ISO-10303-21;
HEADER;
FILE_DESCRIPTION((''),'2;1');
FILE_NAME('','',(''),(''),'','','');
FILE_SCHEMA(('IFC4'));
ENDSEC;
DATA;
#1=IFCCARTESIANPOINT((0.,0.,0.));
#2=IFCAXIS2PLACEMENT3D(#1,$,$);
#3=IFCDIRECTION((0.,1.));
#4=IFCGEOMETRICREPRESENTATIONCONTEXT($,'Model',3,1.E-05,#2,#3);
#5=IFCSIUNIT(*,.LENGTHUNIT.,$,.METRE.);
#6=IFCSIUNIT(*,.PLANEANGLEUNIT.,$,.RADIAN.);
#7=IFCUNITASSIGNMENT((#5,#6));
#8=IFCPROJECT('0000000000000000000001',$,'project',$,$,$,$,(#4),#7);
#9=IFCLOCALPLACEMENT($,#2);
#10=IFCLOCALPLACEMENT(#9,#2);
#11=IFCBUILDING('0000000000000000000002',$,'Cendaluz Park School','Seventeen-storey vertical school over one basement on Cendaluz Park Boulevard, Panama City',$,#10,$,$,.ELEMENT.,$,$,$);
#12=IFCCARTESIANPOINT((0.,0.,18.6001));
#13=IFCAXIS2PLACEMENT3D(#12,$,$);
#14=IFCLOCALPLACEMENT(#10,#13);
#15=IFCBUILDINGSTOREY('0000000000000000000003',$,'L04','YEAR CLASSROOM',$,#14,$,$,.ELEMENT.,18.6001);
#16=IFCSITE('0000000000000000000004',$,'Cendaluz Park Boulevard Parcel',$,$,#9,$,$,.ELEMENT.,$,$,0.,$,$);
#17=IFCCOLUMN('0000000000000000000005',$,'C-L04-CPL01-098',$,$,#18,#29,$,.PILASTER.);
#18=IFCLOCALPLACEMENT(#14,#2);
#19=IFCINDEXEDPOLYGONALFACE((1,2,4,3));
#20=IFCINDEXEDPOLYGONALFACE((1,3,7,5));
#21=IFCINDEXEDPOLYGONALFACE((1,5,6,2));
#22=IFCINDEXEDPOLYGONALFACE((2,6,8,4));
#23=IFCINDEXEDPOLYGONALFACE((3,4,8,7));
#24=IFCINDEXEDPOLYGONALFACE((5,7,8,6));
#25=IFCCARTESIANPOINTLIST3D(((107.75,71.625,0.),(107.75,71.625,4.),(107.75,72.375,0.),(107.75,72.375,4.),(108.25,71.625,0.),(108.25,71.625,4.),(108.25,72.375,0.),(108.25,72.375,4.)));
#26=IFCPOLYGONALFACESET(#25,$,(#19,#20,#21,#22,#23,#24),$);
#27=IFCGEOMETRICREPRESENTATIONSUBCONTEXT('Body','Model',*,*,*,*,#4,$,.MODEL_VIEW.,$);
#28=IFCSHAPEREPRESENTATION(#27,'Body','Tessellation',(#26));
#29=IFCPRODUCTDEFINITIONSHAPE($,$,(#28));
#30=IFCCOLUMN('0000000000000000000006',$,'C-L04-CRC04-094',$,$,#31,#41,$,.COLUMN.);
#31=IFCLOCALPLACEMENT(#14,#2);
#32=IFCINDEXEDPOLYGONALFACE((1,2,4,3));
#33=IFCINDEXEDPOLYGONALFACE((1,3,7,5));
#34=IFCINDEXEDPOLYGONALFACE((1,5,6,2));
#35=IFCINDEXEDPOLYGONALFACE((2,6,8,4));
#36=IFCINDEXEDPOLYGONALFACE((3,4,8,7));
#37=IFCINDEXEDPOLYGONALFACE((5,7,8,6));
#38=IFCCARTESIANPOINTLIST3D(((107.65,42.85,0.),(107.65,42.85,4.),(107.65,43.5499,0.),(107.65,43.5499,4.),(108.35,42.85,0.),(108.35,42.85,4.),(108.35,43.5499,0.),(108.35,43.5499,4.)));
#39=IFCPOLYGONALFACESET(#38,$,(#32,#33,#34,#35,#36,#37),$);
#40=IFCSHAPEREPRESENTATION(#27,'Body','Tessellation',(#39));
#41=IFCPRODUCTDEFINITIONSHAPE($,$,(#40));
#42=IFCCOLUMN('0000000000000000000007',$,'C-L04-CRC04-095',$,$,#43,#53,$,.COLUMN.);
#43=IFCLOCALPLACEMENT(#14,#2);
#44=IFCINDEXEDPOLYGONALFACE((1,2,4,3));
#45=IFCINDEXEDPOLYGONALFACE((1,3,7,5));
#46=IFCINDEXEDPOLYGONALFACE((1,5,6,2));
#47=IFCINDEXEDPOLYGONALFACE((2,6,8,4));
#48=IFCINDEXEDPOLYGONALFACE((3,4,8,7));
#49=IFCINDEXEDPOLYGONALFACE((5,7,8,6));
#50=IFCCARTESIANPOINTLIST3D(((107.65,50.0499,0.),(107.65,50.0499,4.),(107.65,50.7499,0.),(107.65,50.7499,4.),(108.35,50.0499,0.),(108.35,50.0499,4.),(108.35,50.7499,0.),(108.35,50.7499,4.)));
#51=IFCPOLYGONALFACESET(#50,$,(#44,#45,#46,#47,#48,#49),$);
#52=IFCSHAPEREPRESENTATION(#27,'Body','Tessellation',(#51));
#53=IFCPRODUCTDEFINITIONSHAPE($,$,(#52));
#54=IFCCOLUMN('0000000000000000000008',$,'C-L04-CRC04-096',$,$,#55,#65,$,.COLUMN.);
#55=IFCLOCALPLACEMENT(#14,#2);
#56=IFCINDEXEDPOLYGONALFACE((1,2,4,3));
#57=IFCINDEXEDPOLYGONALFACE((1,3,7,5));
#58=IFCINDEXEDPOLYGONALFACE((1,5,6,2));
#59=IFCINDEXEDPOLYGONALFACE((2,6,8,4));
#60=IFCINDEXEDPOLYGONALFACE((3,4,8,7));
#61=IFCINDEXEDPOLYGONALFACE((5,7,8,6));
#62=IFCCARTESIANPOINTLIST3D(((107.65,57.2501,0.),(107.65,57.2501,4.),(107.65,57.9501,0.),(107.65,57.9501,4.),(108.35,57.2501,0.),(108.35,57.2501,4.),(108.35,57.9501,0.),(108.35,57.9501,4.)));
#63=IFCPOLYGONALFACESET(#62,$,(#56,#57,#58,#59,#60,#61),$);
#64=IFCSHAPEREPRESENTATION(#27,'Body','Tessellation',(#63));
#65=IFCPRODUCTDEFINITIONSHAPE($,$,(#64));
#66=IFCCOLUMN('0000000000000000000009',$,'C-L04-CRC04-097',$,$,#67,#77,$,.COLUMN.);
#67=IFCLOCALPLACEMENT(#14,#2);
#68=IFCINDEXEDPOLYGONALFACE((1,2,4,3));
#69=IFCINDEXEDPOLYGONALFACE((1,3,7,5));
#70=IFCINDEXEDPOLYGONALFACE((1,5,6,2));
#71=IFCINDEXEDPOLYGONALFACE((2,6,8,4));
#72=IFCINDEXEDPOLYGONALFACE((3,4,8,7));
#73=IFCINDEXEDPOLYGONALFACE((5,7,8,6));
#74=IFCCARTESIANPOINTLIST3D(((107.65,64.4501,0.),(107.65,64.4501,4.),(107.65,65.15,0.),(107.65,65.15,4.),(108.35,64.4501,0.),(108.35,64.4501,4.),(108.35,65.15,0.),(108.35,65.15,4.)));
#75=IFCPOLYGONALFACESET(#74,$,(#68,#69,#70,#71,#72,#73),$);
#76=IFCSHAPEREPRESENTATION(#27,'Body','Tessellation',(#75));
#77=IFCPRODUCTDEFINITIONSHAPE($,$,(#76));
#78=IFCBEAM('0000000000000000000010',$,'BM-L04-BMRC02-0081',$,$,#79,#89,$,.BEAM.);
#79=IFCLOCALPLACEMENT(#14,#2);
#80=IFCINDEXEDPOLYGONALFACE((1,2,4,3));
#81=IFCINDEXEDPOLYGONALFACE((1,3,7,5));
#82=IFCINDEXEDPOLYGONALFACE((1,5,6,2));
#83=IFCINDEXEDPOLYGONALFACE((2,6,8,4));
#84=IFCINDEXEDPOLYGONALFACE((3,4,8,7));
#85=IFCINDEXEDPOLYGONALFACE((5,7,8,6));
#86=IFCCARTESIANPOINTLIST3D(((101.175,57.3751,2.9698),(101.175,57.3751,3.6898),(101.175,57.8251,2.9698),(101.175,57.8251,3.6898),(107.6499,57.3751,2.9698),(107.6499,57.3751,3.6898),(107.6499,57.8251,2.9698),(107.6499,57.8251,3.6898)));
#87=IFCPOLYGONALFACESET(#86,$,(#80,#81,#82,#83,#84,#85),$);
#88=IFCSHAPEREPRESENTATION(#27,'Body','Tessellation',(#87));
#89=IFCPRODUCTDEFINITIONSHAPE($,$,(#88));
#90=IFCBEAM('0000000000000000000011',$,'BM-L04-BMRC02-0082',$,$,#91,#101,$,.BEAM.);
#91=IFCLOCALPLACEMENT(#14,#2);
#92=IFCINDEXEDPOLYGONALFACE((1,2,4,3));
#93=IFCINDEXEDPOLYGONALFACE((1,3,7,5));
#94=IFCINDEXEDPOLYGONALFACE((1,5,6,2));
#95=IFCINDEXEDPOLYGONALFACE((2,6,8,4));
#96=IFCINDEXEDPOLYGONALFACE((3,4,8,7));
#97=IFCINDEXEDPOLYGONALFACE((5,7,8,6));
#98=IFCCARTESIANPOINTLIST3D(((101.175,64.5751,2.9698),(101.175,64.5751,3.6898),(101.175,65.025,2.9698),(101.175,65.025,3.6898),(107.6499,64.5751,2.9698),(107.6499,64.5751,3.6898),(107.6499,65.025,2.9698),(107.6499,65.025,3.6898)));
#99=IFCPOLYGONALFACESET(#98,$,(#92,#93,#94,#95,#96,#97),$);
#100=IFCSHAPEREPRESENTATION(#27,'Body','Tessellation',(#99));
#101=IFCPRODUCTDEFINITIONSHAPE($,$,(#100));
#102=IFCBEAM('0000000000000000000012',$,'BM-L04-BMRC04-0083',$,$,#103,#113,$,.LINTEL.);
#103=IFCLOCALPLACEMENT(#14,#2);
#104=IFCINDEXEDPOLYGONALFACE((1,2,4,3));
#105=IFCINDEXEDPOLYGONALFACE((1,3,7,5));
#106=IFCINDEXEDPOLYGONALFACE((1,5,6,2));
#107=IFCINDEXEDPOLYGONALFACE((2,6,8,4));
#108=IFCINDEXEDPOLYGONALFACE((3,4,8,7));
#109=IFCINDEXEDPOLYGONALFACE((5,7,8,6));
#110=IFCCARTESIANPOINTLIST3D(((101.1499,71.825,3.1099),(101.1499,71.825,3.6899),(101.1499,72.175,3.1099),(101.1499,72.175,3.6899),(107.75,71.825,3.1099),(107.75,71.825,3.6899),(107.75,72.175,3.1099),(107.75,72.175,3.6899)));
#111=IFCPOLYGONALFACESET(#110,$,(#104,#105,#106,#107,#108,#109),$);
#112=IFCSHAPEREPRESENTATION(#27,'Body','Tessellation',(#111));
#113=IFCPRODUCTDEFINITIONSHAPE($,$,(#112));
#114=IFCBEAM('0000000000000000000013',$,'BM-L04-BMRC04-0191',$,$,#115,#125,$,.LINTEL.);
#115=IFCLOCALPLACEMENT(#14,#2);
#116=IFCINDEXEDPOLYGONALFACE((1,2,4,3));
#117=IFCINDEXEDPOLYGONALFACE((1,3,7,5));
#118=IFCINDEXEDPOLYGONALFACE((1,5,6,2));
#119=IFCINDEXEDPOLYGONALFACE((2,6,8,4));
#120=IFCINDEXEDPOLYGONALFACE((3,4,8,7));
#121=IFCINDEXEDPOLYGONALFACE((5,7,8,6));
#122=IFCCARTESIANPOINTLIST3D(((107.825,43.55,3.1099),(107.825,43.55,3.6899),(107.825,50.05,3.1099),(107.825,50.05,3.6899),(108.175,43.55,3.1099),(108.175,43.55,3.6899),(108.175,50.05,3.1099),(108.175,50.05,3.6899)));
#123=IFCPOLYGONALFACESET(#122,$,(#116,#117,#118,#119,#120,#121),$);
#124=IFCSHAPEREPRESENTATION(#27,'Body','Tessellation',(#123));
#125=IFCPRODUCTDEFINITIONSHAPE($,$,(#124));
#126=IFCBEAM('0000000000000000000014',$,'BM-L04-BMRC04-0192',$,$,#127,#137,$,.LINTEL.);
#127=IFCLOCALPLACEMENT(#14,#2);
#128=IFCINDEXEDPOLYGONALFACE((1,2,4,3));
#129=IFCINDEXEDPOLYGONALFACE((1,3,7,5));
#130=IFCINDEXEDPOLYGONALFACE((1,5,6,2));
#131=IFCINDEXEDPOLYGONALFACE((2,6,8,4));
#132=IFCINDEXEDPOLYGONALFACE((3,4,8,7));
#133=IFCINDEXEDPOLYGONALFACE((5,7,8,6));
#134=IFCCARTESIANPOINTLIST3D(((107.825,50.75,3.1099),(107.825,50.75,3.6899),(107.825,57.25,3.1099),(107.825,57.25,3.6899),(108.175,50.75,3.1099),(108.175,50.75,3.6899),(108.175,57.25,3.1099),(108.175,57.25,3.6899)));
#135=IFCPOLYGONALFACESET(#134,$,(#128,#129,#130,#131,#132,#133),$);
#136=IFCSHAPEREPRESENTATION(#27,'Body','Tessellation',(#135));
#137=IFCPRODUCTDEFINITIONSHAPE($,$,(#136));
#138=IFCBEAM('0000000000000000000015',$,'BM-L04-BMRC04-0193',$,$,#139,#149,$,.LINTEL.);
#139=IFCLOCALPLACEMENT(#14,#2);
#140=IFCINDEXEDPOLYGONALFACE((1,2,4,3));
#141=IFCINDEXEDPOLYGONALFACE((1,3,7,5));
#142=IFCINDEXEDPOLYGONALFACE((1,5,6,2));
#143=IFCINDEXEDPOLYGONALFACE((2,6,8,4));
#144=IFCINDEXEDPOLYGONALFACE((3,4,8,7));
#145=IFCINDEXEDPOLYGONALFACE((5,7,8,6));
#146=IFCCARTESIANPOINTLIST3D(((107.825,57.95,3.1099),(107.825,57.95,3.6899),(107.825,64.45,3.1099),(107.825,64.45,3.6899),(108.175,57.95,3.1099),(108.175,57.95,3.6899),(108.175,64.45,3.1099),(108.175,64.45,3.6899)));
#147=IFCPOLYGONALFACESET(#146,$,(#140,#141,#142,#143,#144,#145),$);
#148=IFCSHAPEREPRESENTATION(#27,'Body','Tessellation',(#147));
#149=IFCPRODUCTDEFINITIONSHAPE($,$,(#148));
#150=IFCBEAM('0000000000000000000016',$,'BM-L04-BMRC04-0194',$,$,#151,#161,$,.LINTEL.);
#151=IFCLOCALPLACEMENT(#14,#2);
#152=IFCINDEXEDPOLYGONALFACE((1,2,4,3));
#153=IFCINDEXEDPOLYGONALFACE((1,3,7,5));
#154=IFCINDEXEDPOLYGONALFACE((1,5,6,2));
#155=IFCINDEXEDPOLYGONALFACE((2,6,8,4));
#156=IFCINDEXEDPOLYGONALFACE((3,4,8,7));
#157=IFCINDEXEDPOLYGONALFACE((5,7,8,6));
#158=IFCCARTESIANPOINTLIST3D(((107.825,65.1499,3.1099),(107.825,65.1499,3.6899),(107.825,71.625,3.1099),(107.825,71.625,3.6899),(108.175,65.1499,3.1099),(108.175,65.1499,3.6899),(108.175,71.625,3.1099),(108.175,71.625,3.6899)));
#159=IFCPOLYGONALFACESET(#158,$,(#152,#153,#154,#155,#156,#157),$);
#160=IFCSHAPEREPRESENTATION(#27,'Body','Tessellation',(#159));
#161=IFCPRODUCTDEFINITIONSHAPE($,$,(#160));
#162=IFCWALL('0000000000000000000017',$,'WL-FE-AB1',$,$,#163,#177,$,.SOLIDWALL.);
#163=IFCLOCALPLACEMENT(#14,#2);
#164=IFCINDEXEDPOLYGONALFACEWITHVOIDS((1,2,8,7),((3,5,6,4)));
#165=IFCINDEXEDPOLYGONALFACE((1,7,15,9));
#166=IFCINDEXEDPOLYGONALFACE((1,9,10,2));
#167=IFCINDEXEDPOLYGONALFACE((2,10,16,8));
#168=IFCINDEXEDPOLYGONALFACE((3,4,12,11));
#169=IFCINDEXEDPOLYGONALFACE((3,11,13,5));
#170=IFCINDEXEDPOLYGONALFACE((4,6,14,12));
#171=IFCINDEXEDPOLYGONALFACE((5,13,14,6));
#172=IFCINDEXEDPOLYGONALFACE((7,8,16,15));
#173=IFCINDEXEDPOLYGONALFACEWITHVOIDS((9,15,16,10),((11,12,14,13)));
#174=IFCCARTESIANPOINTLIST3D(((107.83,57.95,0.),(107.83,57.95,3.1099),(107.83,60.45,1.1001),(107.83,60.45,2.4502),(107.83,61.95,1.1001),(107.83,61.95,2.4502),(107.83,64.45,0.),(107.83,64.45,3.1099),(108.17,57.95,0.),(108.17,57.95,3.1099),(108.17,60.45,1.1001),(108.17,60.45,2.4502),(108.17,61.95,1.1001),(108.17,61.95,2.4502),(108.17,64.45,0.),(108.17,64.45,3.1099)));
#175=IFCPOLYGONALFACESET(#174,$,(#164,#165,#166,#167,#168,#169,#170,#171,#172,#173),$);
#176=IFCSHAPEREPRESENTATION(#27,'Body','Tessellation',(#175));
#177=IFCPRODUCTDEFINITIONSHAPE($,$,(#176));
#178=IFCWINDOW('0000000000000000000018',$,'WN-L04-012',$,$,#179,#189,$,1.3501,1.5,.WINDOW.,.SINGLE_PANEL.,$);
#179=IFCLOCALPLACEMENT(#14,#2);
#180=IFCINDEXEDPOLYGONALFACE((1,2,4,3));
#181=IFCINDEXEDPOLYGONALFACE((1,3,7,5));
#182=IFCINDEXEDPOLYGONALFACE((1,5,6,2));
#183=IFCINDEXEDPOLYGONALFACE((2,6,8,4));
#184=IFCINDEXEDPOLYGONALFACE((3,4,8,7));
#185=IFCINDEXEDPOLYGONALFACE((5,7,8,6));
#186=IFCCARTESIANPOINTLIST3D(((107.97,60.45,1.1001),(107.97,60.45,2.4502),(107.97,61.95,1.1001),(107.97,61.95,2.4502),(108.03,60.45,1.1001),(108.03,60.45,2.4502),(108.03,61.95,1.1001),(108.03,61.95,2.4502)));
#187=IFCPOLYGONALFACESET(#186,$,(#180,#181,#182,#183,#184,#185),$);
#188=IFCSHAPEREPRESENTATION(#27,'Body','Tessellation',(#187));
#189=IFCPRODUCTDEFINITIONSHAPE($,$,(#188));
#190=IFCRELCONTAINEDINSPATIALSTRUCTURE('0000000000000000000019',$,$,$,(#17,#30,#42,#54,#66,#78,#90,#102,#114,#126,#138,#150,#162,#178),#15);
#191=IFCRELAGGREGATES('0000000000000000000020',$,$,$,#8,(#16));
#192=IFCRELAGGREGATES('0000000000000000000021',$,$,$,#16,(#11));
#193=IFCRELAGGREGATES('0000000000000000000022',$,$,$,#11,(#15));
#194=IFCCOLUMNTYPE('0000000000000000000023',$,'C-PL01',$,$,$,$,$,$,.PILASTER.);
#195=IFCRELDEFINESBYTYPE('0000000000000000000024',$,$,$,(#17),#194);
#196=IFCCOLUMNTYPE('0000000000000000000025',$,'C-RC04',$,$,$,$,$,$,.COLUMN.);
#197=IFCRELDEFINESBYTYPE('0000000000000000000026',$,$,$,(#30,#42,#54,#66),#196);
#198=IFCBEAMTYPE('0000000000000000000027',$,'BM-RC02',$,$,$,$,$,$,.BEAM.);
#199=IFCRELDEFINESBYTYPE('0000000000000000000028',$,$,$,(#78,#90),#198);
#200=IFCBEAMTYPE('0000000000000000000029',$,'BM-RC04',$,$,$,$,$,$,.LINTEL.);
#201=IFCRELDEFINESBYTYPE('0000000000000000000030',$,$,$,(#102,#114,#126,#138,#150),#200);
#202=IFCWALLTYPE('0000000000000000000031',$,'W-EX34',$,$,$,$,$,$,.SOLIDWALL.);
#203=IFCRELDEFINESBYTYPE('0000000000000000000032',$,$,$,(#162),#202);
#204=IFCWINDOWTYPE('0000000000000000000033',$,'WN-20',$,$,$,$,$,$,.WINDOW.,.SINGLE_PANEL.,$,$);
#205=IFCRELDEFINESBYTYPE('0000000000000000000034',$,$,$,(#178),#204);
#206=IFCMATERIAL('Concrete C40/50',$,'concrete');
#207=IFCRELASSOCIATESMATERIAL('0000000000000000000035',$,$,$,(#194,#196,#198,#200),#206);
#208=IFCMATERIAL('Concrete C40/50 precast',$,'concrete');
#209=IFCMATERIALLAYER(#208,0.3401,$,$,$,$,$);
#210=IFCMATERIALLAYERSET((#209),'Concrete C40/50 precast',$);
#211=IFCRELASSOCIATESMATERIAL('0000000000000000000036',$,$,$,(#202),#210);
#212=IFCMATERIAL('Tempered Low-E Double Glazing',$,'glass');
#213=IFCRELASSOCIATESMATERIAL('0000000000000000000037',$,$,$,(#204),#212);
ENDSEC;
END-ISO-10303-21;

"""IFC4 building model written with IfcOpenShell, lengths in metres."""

from ifc_helpers import new_model, si_unit, direction, frame, frame_2d, origin, origin_2d, place, context, subcontext, project, spatial, rectangle, extrude, material, layer, layer_set, material_profile, profile_set, type_object, element, fill, save


model = new_model("IFC4")

# Units and contexts
model_context = context("Model", 3, precision=1e-05, world=origin(), true_north=direction((0.0, 1.0)))
body_context = subcontext(model_context, "Body", "Model", "MODEL_VIEW")
ifc_project = project(units=[si_unit("LENGTHUNIT", "METRE"), si_unit("PLANEANGLEUNIT", "RADIAN")], contexts=[model_context])

# Site, building, storey
site_placement = place(None, origin())
site = spatial("IfcSite", under=ifc_project, at=site_placement, Name="Cendaluz Park Boulevard Parcel", CompositionType="ELEMENT", RefElevation=0.0)
building_placement = place(site_placement, origin())
building = spatial("IfcBuilding", under=site, at=building_placement, Name="Cendaluz Park School", Description="Seventeen-storey vertical school over one basement on Cendaluz Park Boulevard, Panama City", CompositionType="ELEMENT")
storey_placement = place(building_placement, frame((0.0, 0.0, 18.6001)))
storey = spatial("IfcBuildingStorey", under=building, at=storey_placement, Name="L04", Description="YEAR CLASSROOM", CompositionType="ELEMENT", Elevation=18.6001)

# Columns
ifc_material_1 = material(Name="Concrete C40/50", Category="concrete")
ifc_material_profile_1 = material_profile(ifc_material_1, rectangle(XDim=0.5, YDim=0.75, at=origin_2d()), Name="RC 500x750", Category="concrete")
ifc_profile_set_1 = profile_set([ifc_material_profile_1], Name="Concrete C40/50")
column_type_1 = type_object("IfcColumnType", Name="C-PL01", PredefinedType="PILASTER", material=ifc_profile_set_1)
column_placement = place(storey_placement, frame((108.0, 72.0, 0.0), z_axis=(0.0, 0.0, 1.0), x_axis=(1.0, 0.0, 0.0)))
element("IfcColumn", 1, at=column_placement, inside=storey, type_object=column_type_1, Name="C-L04-CPL01-098", PredefinedType="PILASTER", context=body_context, shape_type="SweptSolid", body=[
    extrude(rectangle(XDim=0.5, YDim=0.75, at=origin_2d()), origin(), (0.0, 0.0, 1.0), 4.0),
])
ifc_material_profile_2 = material_profile(ifc_material_1, rectangle(XDim=0.7, YDim=0.7, at=origin_2d()), Name="RC 700x700", Category="concrete")
ifc_profile_set_2 = profile_set([ifc_material_profile_2], Name="Concrete C40/50")
column_type_2 = type_object("IfcColumnType", Name="C-RC04", PredefinedType="COLUMN", material=ifc_profile_set_2)
for number, where, z_axis, x_axis, name in (
    (2, (108.0, 43.2, 0.0), (0.0, 0.0, 1.0), (1.0, 0.0, 0.0), "C-L04-CRC04-094"),
    (3, (108.0, 50.3999, 0.0), (0.0, 0.0, 1.0), (1.0, 0.0, 0.0), "C-L04-CRC04-095"),
    (4, (108.0, 57.6001, 0.0), (0.0, 0.0, 1.0), (1.0, 0.0, 0.0), "C-L04-CRC04-096"),
    (5, (108.0, 64.8, 0.0), (0.0, 0.0, 1.0), (1.0, 0.0, 0.0), "C-L04-CRC04-097"),
):
    element("IfcColumn", number, at=place(storey_placement, frame(where, z_axis=z_axis, x_axis=x_axis)), inside=storey, type_object=column_type_2, Name=name, PredefinedType="COLUMN", context=body_context, shape_type="SweptSolid", body=[
        extrude(rectangle(XDim=0.7, YDim=0.7, at=origin_2d()), origin(), (0.0, 0.0, 1.0), 4.0),
    ])

# Beams
ifc_material_profile_3 = material_profile(ifc_material_1, rectangle(XDim=0.45, YDim=0.72, at=origin_2d()), Name="RC 450x720", Category="concrete")
ifc_profile_set_3 = profile_set([ifc_material_profile_3], Name="Concrete C40/50")
beam_type_1 = type_object("IfcBeamType", Name="BM-RC02", PredefinedType="BEAM", material=ifc_profile_set_3)
for number, where, z_axis, x_axis, name in (
    (6, (101.175, 57.6001, 3.3298), (1.0, 0.0, 0.0), (0.0, 1.0, 0.0), "BM-L04-BMRC02-0081"),
    (7, (101.175, 64.8, 3.3298), (1.0, 0.0, 0.0), (0.0, 1.0, 0.0), "BM-L04-BMRC02-0082"),
):
    element("IfcBeam", number, at=place(storey_placement, frame(where, z_axis=z_axis, x_axis=x_axis)), inside=storey, type_object=beam_type_1, Name=name, PredefinedType="BEAM", context=body_context, shape_type="SweptSolid", body=[
        extrude(rectangle(XDim=0.45, YDim=0.72, at=origin_2d()), origin(), (0.0, 0.0, 1.0), 6.4749),
    ])
ifc_material_profile_4 = material_profile(ifc_material_1, rectangle(XDim=0.3501, YDim=0.5801, at=origin_2d()), Name="RC 350x580", Category="concrete")
ifc_profile_set_4 = profile_set([ifc_material_profile_4], Name="Concrete C40/50")
beam_type_2 = type_object("IfcBeamType", Name="BM-RC04", PredefinedType="LINTEL", material=ifc_profile_set_4)
beam_1_placement = place(storey_placement, frame((101.1499, 72.0, 3.3999), z_axis=(1.0, 0.0, 0.0), x_axis=(0.0, 1.0, 0.0)))
element("IfcBeam", 8, at=beam_1_placement, inside=storey, type_object=beam_type_2, Name="BM-L04-BMRC04-0083", PredefinedType="LINTEL", context=body_context, shape_type="SweptSolid", body=[
    extrude(rectangle(XDim=0.3501, YDim=0.5801, at=origin_2d()), origin(), (0.0, 0.0, 1.0), 6.6001),
])
for number, where, z_axis, x_axis, name in (
    (9, (108.0, 43.55, 3.3999), (0.0, 1.0, 0.0), (-1.0, 0.0, 0.0), "BM-L04-BMRC04-0191"),
    (10, (108.0, 50.75, 3.3999), (0.0, 1.0, 0.0), (-1.0, 0.0, 0.0), "BM-L04-BMRC04-0192"),
    (11, (108.0, 57.95, 3.3999), (0.0, 1.0, 0.0), (-1.0, 0.0, 0.0), "BM-L04-BMRC04-0193"),
):
    element("IfcBeam", number, at=place(storey_placement, frame(where, z_axis=z_axis, x_axis=x_axis)), inside=storey, type_object=beam_type_2, Name=name, PredefinedType="LINTEL", context=body_context, shape_type="SweptSolid", body=[
        extrude(rectangle(XDim=0.3501, YDim=0.5801, at=origin_2d()), origin(), (0.0, 0.0, 1.0), 6.5),
    ])
beam_2_placement = place(storey_placement, frame((108.0, 65.1499, 3.3999), z_axis=(0.0, 1.0, 0.0), x_axis=(-1.0, 0.0, 0.0)))
element("IfcBeam", 12, at=beam_2_placement, inside=storey, type_object=beam_type_2, Name="BM-L04-BMRC04-0194", PredefinedType="LINTEL", context=body_context, shape_type="SweptSolid", body=[
    extrude(rectangle(XDim=0.3501, YDim=0.5801, at=origin_2d()), origin(), (0.0, 0.0, 1.0), 6.4751),
])

# Wall, opening, window
ifc_material_2 = material(Name="Concrete C40/50 precast", Category="concrete")
ifc_layer_1 = layer(ifc_material_2, 0.3401)
ifc_layer_set_1 = layer_set([ifc_layer_1], Name="Concrete C40/50 precast")
wall_type_1 = type_object("IfcWallType", Name="W-EX34", PredefinedType="SOLIDWALL", material=ifc_layer_set_1)
wall_1_placement = place(storey_placement, frame((108.0, 57.95, 0.0), z_axis=(0.0, 0.0, 1.0), x_axis=(0.0, 1.0, 0.0)))
wall_1 = element("IfcWall", 13, at=wall_1_placement, inside=storey, type_object=wall_type_1, Name="WL-FE-AB1", PredefinedType="SOLIDWALL", context=body_context, shape_type="SweptSolid", body=[
    extrude(rectangle(XDim=6.5, YDim=0.3401, at=frame_2d((3.25, 0.0))), origin(), (0.0, 0.0, 1.0), 3.1099),
])
opening_1_placement = place(wall_1_placement, frame((2.5, 0.0, 1.1001)))
opening_1 = element("IfcOpeningElement", 14, at=opening_1_placement, cuts=wall_1, PredefinedType="OPENING", context=body_context, shape_type="SweptSolid", body=[
    extrude(rectangle(XDim=1.5, YDim=1.3501, at=frame_2d((0.75, 0.675))), frame((0.0, 0.1821, 0.0), z_axis=(0.0, -1.0, 0.0), x_axis=(1.0, 0.0, 0.0)), (0.0, 0.0, 1.0), 0.364),
])
ifc_material_3 = material(Name="Tempered Low-E Double Glazing", Category="glass")
window_type = type_object("IfcWindowType", Name="WN-20", PartitioningType="SINGLE_PANEL", PredefinedType="WINDOW", material=ifc_material_3)
window_1_placement = place(opening_1_placement, origin())
window_1 = element("IfcWindow", 15, at=window_1_placement, inside=storey, type_object=window_type, Name="WN-L04-012", OverallHeight=1.3501, OverallWidth=1.5, PartitioningType="SINGLE_PANEL", PredefinedType="WINDOW", context=body_context, shape_type="SweptSolid", body=[
    extrude(rectangle(XDim=1.5, YDim=1.3501, at=frame_2d((0.75, 0.675))), frame((0.0, 0.03, 0.0), z_axis=(0.0, -1.0, 0.0), x_axis=(1.0, 0.0, 0.0)), (0.0, 0.0, 1.0), 0.0601),
])
fill(opening_1, window_1)

save(model, "model.ifc")
